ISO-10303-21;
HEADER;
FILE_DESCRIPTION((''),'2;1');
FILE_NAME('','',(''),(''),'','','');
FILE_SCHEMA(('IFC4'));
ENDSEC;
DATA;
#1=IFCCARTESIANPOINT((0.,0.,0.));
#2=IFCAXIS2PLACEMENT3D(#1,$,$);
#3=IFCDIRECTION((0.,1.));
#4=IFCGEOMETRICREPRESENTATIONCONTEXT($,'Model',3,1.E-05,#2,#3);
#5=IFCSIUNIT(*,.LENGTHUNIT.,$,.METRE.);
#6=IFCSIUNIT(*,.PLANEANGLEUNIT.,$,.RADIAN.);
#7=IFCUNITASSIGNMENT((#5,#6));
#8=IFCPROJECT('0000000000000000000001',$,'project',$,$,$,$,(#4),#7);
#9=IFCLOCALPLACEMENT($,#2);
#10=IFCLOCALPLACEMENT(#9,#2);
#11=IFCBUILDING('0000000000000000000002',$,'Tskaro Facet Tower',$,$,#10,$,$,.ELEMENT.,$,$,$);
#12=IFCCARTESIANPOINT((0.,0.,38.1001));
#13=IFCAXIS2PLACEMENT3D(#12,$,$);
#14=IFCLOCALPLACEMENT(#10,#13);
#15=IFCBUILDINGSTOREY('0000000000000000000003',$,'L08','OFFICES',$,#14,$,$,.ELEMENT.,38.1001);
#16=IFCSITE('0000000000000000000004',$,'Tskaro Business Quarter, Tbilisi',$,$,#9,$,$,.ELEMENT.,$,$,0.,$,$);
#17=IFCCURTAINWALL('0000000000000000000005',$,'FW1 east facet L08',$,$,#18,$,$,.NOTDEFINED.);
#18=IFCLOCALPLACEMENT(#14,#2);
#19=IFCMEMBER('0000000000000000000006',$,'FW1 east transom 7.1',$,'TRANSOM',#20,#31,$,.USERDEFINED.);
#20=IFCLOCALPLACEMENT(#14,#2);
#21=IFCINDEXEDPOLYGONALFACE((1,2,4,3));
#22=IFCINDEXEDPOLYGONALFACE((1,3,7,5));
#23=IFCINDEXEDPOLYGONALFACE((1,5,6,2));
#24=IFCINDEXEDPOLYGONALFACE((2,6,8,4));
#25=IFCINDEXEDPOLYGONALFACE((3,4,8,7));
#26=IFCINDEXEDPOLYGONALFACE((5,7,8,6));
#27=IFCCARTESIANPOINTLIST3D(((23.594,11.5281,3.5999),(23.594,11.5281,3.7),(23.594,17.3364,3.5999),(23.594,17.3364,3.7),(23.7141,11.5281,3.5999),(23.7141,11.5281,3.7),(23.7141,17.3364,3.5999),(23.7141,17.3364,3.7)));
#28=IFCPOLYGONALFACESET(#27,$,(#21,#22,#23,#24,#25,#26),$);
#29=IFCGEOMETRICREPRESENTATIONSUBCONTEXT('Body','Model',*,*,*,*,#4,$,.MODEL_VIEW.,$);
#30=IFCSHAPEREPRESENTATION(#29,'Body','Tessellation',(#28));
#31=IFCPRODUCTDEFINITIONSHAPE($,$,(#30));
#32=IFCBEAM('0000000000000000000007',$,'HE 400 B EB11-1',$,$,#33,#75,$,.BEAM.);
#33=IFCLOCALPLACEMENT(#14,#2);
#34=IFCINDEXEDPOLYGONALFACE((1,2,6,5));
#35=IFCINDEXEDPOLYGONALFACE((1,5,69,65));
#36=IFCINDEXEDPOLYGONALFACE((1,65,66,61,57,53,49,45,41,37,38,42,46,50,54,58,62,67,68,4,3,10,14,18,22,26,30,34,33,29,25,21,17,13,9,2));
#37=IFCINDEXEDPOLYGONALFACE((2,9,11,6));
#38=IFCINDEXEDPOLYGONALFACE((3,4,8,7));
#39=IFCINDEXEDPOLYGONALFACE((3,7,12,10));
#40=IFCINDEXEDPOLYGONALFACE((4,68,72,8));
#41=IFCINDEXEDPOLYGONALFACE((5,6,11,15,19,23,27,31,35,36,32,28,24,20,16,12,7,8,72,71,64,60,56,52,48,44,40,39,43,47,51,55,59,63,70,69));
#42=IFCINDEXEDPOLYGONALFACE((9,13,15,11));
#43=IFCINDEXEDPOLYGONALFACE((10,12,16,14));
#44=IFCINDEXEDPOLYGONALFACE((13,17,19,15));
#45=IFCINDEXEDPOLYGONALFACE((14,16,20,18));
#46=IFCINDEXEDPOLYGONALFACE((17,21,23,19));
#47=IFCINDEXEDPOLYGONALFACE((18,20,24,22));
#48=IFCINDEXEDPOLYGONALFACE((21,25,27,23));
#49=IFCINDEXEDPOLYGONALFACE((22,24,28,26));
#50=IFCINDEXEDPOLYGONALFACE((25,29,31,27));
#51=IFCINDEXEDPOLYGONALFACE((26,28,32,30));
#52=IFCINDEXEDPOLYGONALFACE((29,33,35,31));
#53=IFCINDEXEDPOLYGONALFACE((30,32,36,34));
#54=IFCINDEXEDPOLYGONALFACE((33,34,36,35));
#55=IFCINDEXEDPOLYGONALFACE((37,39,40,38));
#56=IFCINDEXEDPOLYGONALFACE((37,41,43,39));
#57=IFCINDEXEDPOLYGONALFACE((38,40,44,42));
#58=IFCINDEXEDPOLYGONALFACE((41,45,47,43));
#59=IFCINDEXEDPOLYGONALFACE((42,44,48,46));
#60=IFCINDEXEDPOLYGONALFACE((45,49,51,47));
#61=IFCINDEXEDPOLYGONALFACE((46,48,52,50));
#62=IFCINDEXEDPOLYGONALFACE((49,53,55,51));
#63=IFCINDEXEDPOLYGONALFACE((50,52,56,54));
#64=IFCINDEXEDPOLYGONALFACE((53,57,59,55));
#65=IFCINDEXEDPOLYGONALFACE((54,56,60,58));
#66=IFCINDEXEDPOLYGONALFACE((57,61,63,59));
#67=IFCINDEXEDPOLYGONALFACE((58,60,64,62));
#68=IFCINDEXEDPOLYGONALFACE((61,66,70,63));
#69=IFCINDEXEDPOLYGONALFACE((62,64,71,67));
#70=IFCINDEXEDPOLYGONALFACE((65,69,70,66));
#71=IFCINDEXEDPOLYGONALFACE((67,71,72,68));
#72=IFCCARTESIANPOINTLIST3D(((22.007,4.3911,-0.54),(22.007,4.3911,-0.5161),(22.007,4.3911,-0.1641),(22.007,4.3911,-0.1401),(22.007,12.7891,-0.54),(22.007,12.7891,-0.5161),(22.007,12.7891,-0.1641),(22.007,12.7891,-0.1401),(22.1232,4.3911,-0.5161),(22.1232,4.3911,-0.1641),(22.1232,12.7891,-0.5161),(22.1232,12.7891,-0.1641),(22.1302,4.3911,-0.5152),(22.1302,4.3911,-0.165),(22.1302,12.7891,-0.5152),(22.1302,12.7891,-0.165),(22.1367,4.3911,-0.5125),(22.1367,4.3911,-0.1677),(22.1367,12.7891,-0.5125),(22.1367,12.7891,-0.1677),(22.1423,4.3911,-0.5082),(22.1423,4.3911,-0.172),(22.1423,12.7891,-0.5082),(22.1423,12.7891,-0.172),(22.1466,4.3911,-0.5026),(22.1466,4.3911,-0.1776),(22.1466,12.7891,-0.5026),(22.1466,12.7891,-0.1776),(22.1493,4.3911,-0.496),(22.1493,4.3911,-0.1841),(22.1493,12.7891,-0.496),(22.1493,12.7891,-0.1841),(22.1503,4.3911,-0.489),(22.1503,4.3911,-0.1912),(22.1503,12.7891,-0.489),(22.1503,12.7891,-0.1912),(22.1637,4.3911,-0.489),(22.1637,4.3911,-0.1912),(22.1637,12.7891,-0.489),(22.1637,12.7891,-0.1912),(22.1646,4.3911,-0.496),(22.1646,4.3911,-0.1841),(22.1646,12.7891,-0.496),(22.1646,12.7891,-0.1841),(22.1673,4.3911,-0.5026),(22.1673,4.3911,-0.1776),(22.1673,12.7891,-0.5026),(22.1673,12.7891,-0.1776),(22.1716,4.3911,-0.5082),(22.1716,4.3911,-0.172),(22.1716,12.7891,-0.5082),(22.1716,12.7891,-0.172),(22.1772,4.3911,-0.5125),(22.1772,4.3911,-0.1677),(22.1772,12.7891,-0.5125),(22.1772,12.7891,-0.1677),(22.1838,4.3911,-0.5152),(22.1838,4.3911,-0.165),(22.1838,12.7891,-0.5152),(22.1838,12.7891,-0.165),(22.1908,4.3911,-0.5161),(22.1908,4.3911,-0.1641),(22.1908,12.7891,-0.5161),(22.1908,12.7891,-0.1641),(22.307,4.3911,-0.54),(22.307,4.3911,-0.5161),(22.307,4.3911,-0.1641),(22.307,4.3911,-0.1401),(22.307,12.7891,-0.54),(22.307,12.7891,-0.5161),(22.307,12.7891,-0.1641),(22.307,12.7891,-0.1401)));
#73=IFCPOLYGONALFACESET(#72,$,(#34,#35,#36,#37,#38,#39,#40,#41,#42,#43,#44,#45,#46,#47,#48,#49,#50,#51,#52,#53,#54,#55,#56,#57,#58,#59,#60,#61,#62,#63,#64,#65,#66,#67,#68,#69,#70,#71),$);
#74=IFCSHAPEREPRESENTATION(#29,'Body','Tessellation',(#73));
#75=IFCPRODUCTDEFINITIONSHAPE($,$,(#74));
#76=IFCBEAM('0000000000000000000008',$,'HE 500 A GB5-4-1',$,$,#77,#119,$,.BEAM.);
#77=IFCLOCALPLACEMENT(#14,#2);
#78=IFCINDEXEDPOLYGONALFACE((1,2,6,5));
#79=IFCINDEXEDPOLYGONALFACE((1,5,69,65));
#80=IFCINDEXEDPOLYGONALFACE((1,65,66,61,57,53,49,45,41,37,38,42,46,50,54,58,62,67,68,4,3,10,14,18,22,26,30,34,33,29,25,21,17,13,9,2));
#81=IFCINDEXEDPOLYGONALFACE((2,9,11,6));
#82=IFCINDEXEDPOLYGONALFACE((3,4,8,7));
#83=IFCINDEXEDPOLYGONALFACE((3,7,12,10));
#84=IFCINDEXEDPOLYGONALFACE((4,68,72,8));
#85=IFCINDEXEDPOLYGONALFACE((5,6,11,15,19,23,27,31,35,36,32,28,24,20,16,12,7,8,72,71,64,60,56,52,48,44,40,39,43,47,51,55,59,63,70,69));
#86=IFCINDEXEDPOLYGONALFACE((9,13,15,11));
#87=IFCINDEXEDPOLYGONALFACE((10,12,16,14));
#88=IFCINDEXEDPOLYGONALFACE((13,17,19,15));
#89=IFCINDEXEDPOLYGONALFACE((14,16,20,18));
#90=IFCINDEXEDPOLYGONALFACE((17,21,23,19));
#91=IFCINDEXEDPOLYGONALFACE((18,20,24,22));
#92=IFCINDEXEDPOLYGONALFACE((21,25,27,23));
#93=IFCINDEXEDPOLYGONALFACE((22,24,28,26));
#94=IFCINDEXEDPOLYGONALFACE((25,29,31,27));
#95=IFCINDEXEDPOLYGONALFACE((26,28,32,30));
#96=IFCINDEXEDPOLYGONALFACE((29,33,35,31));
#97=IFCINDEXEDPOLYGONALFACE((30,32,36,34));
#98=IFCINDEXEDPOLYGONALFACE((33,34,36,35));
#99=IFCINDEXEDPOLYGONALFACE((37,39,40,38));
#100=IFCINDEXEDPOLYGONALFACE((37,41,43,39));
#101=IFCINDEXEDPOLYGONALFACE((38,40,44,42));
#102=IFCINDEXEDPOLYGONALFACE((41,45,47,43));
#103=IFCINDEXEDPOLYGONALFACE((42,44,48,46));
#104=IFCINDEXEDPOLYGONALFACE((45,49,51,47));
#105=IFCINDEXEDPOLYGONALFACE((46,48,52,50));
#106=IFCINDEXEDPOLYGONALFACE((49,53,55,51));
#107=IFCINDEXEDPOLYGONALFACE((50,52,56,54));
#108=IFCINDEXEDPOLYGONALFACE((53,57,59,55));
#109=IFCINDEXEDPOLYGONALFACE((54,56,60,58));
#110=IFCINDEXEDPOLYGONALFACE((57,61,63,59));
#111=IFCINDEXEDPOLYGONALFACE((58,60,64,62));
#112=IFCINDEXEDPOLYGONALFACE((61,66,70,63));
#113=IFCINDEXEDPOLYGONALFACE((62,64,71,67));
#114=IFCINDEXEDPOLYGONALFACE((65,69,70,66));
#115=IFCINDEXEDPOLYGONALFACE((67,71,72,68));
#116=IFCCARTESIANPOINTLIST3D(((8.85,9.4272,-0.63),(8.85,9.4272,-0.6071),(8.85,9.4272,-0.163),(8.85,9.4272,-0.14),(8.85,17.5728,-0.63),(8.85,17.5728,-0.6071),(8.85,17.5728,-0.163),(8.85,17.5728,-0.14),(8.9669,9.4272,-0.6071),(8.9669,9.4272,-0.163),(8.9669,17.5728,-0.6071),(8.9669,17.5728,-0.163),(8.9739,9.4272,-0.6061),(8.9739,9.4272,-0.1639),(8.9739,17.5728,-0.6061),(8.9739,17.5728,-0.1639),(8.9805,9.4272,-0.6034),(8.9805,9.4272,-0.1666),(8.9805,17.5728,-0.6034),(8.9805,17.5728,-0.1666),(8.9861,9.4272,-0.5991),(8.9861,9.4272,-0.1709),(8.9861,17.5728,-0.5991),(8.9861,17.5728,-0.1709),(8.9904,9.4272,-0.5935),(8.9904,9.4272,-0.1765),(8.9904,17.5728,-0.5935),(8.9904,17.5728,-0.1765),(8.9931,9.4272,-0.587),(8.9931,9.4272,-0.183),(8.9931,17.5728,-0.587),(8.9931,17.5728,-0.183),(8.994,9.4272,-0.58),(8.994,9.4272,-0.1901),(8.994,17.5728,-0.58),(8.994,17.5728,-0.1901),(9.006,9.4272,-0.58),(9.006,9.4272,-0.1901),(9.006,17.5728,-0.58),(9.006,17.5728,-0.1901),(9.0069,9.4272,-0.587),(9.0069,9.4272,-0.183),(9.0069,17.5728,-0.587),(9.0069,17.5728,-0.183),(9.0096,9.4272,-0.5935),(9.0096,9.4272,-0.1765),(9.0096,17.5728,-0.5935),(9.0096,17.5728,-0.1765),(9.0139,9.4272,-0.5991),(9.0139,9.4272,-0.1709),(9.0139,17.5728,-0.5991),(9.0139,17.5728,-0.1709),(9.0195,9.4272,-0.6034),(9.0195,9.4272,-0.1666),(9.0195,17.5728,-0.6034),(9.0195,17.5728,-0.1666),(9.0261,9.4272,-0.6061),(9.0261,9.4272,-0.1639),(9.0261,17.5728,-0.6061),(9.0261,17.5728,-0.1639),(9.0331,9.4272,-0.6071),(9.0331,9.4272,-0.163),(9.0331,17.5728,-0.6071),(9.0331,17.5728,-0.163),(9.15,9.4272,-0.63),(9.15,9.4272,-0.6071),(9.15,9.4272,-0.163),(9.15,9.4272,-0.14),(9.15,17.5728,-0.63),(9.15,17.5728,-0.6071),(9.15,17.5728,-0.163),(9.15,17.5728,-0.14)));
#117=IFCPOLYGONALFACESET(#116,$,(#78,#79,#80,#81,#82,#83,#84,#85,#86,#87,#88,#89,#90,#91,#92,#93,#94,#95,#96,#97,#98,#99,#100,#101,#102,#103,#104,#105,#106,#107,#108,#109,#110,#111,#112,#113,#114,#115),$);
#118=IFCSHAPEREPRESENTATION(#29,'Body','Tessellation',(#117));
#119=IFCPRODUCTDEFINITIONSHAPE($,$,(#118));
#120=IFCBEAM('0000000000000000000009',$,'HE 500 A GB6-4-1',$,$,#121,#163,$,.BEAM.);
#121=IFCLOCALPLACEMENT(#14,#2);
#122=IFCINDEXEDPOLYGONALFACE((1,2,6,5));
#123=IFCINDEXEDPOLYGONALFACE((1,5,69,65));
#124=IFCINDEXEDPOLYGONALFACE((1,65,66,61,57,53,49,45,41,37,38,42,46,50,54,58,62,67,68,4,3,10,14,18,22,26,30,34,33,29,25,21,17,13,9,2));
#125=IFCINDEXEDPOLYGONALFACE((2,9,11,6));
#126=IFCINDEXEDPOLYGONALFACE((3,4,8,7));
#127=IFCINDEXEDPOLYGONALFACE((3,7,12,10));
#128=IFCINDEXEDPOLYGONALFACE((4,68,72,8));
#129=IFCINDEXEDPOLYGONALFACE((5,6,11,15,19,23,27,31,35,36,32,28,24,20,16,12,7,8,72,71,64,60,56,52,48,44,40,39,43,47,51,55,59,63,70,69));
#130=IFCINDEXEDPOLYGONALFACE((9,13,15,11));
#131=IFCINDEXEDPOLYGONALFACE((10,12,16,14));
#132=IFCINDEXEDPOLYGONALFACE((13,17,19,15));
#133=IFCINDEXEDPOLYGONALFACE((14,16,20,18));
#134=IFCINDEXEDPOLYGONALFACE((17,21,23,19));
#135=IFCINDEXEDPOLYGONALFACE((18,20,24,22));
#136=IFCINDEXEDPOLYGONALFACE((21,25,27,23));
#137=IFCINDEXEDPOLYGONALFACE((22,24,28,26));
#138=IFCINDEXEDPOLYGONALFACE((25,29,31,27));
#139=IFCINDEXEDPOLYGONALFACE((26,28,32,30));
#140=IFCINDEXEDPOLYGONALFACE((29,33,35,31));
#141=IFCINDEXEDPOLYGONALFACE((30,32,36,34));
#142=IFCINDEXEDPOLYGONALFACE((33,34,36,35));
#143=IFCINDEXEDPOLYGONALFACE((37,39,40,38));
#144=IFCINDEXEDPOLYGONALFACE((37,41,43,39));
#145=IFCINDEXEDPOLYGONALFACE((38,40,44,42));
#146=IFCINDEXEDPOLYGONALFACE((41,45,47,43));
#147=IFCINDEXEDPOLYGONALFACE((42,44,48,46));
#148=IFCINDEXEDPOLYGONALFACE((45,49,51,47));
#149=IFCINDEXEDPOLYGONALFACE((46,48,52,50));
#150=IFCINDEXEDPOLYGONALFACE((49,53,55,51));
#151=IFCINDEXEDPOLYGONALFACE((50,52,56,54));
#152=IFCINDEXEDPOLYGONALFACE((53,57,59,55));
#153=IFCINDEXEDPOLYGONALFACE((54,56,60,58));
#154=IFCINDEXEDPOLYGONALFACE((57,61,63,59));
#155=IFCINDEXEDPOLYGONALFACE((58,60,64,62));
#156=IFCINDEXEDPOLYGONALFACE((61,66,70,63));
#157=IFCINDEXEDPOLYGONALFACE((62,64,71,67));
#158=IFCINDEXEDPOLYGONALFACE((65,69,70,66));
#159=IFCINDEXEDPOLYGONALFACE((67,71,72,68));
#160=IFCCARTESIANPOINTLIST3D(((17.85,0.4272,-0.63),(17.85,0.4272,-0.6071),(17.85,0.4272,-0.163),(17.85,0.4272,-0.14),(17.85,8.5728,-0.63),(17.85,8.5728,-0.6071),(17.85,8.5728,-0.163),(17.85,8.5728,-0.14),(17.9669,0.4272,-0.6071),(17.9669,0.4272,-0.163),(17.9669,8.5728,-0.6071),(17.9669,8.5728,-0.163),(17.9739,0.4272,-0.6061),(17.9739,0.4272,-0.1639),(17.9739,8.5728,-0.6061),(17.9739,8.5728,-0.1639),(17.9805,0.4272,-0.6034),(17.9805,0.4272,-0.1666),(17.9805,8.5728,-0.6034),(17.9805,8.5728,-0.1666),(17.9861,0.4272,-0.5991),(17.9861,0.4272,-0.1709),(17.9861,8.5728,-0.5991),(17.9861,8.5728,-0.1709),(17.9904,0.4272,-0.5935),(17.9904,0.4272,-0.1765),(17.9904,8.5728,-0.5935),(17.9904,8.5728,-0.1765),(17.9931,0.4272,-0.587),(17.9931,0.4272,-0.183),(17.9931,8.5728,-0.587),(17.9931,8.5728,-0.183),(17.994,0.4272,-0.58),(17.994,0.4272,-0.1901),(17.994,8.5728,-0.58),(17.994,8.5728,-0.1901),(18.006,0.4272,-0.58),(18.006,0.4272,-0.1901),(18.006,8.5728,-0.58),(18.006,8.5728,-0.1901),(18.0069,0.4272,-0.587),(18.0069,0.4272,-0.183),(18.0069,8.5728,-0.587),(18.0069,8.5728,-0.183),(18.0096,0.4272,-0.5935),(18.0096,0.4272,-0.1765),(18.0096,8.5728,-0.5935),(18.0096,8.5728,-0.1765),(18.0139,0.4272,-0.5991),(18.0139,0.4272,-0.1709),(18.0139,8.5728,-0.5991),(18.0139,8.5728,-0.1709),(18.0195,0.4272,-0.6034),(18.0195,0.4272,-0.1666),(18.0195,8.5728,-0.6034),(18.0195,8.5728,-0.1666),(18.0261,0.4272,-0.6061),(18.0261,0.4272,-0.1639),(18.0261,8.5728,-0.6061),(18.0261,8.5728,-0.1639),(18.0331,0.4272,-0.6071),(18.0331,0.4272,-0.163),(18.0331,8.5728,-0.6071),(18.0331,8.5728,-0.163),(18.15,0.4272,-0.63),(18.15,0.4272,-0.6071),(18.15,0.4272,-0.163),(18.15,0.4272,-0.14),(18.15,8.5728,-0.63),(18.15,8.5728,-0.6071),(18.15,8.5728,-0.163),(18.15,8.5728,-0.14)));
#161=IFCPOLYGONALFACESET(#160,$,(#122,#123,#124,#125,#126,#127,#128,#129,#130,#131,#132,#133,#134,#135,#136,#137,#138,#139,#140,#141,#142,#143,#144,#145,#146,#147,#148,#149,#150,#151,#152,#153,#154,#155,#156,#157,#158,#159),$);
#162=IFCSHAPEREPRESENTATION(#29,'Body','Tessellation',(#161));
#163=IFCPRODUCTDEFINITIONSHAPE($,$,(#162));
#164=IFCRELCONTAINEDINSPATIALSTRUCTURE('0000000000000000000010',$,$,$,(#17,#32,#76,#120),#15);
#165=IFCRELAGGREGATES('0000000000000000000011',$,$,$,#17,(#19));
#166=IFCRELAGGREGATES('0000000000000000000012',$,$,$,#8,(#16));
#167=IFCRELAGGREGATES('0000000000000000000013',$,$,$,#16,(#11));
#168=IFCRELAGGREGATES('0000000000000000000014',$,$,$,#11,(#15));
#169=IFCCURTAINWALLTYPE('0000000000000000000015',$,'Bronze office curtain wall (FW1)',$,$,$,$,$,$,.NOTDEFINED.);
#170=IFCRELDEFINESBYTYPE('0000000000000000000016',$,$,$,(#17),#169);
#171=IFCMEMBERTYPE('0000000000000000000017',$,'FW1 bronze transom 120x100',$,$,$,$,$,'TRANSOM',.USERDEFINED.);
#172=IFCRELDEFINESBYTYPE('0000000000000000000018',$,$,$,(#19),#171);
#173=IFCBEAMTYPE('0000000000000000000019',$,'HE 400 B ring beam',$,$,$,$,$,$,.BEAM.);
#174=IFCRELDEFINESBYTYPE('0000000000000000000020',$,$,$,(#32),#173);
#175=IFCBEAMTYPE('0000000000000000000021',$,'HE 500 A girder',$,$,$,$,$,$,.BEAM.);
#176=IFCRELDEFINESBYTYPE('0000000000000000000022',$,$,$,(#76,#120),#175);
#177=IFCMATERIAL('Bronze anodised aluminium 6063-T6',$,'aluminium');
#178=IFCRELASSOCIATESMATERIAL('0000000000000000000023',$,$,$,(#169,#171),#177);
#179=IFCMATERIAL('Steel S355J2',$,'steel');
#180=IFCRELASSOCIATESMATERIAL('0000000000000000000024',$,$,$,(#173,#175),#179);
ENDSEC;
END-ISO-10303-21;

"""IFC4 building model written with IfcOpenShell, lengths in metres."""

from ifc_helpers import new_model, si_unit, direction, frame, origin, origin_2d, place, context, subcontext, project, spatial, rectangle, i_section, extrude, material, material_profile, profile_set, type_object, element, aggregate, save


model = new_model("IFC4")

# Units and contexts
model_context = context("Model", 3, precision=1e-05, world=origin(), true_north=direction((0.0, 1.0)))
body_context = subcontext(model_context, "Body", "Model", "MODEL_VIEW")
ifc_project = project(units=[si_unit("LENGTHUNIT", "METRE"), si_unit("PLANEANGLEUNIT", "RADIAN")], contexts=[model_context])

# Site, building, storey
site_placement = place(None, origin())
site = spatial("IfcSite", under=ifc_project, at=site_placement, Name="Tskaro Business Quarter, Tbilisi", CompositionType="ELEMENT", RefElevation=0.0)
building_placement = place(site_placement, origin())
building = spatial("IfcBuilding", under=site, at=building_placement, Name="Tskaro Facet Tower", CompositionType="ELEMENT")
storey_placement = place(building_placement, frame((0.0, 0.0, 38.1001)))
storey = spatial("IfcBuildingStorey", under=building, at=storey_placement, Name="L08", Description="OFFICES", CompositionType="ELEMENT", Elevation=38.1001)

# Curtain wall, member
ifc_material_1 = material(Name="Bronze anodised aluminium 6063-T6", Category="aluminium")
curtain_wall_type = type_object("IfcCurtainWallType", Name="Bronze office curtain wall (FW1)", PredefinedType="NOTDEFINED", material=ifc_material_1)
curtain_wall_placement = place(storey_placement, origin())
curtain_wall = element("IfcCurtainWall", 1, at=curtain_wall_placement, inside=storey, type_object=curtain_wall_type, Name="FW1 east facet L08", PredefinedType="NOTDEFINED")
ifc_material_profile_1 = material_profile(ifc_material_1, rectangle(XDim=0.1201, YDim=0.1001, at=origin_2d()), Name="Transom 120x100")
ifc_profile_set_1 = profile_set([ifc_material_profile_1], Name="Bronze anodised aluminium 6063-T6")
member_type_1 = type_object("IfcMemberType", Name="FW1 bronze transom 120x100", ElementType="TRANSOM", PredefinedType="USERDEFINED", material=ifc_profile_set_1)
member_1_placement = place(storey_placement, frame((23.6541, 11.5281, 3.6499), z_axis=(0.0, 1.0, 0.0), x_axis=(-1.0, 0.0, 0.0)))
member_1 = element("IfcMember", 2, at=member_1_placement, type_object=member_type_1, Name="FW1 east transom 7.1", ObjectType="TRANSOM", PredefinedType="USERDEFINED", context=body_context, shape_type="SweptSolid", body=[
    extrude(rectangle(XDim=0.1201, YDim=0.1001, at=origin_2d()), origin(), (0.0, 0.0, 1.0), 5.8083),
])

# Beams
ifc_material_2 = material(Name="Steel S355J2", Category="steel")
ifc_material_profile_2 = material_profile(ifc_material_2, i_section(OverallWidth=0.3, OverallDepth=0.3999, WebThickness=0.0134, FlangeThickness=0.0239, FilletRadius=0.0271, at=origin_2d()), Name="HE 400 B")
ifc_profile_set_2 = profile_set([ifc_material_profile_2], Name="Steel S355J2")
beam_type_1 = type_object("IfcBeamType", Name="HE 400 B ring beam", PredefinedType="BEAM", material=ifc_profile_set_2)
beam_1_placement = place(storey_placement, frame((22.157, 4.3911, -0.3401), z_axis=(0.0, 1.0, 0.0), x_axis=(-1.0, 0.0, 0.0)))
element("IfcBeam", 3, at=beam_1_placement, inside=storey, type_object=beam_type_1, Name="HE 400 B EB11-1", PredefinedType="BEAM", context=body_context, shape_type="SweptSolid", body=[
    extrude(i_section(OverallWidth=0.3, OverallDepth=0.3999, WebThickness=0.0134, FlangeThickness=0.0239, FilletRadius=0.0271, at=origin_2d()), origin(), (0.0, 0.0, 1.0), 8.3979),
])
ifc_material_profile_3 = material_profile(ifc_material_2, i_section(OverallWidth=0.3, OverallDepth=0.49, WebThickness=0.012, FlangeThickness=0.0229, FilletRadius=0.0271, at=origin_2d()), Name="HE 500 A")
ifc_profile_set_3 = profile_set([ifc_material_profile_3], Name="Steel S355J2")
beam_type_2 = type_object("IfcBeamType", Name="HE 500 A girder", PredefinedType="BEAM", material=ifc_profile_set_3)
for number, where, z_axis, x_axis, name in (
    (4, (9.0, 9.4272, -0.385), (0.0, 1.0, 0.0), (-1.0, 0.0, 0.0), "HE 500 A GB5-4-1"),
    (5, (18.0, 0.4272, -0.385), (0.0, 1.0, 0.0), (-1.0, 0.0, 0.0), "HE 500 A GB6-4-1"),
):
    element("IfcBeam", number, at=place(storey_placement, frame(where, z_axis=z_axis, x_axis=x_axis)), inside=storey, type_object=beam_type_2, Name=name, PredefinedType="BEAM", context=body_context, shape_type="SweptSolid", body=[
        extrude(i_section(OverallWidth=0.3, OverallDepth=0.49, WebThickness=0.012, FlangeThickness=0.0229, FilletRadius=0.0271, at=origin_2d()), origin(), (0.0, 0.0, 1.0), 8.1455),
    ])

aggregate(curtain_wall, [member_1])

save(model, "model.ifc")
